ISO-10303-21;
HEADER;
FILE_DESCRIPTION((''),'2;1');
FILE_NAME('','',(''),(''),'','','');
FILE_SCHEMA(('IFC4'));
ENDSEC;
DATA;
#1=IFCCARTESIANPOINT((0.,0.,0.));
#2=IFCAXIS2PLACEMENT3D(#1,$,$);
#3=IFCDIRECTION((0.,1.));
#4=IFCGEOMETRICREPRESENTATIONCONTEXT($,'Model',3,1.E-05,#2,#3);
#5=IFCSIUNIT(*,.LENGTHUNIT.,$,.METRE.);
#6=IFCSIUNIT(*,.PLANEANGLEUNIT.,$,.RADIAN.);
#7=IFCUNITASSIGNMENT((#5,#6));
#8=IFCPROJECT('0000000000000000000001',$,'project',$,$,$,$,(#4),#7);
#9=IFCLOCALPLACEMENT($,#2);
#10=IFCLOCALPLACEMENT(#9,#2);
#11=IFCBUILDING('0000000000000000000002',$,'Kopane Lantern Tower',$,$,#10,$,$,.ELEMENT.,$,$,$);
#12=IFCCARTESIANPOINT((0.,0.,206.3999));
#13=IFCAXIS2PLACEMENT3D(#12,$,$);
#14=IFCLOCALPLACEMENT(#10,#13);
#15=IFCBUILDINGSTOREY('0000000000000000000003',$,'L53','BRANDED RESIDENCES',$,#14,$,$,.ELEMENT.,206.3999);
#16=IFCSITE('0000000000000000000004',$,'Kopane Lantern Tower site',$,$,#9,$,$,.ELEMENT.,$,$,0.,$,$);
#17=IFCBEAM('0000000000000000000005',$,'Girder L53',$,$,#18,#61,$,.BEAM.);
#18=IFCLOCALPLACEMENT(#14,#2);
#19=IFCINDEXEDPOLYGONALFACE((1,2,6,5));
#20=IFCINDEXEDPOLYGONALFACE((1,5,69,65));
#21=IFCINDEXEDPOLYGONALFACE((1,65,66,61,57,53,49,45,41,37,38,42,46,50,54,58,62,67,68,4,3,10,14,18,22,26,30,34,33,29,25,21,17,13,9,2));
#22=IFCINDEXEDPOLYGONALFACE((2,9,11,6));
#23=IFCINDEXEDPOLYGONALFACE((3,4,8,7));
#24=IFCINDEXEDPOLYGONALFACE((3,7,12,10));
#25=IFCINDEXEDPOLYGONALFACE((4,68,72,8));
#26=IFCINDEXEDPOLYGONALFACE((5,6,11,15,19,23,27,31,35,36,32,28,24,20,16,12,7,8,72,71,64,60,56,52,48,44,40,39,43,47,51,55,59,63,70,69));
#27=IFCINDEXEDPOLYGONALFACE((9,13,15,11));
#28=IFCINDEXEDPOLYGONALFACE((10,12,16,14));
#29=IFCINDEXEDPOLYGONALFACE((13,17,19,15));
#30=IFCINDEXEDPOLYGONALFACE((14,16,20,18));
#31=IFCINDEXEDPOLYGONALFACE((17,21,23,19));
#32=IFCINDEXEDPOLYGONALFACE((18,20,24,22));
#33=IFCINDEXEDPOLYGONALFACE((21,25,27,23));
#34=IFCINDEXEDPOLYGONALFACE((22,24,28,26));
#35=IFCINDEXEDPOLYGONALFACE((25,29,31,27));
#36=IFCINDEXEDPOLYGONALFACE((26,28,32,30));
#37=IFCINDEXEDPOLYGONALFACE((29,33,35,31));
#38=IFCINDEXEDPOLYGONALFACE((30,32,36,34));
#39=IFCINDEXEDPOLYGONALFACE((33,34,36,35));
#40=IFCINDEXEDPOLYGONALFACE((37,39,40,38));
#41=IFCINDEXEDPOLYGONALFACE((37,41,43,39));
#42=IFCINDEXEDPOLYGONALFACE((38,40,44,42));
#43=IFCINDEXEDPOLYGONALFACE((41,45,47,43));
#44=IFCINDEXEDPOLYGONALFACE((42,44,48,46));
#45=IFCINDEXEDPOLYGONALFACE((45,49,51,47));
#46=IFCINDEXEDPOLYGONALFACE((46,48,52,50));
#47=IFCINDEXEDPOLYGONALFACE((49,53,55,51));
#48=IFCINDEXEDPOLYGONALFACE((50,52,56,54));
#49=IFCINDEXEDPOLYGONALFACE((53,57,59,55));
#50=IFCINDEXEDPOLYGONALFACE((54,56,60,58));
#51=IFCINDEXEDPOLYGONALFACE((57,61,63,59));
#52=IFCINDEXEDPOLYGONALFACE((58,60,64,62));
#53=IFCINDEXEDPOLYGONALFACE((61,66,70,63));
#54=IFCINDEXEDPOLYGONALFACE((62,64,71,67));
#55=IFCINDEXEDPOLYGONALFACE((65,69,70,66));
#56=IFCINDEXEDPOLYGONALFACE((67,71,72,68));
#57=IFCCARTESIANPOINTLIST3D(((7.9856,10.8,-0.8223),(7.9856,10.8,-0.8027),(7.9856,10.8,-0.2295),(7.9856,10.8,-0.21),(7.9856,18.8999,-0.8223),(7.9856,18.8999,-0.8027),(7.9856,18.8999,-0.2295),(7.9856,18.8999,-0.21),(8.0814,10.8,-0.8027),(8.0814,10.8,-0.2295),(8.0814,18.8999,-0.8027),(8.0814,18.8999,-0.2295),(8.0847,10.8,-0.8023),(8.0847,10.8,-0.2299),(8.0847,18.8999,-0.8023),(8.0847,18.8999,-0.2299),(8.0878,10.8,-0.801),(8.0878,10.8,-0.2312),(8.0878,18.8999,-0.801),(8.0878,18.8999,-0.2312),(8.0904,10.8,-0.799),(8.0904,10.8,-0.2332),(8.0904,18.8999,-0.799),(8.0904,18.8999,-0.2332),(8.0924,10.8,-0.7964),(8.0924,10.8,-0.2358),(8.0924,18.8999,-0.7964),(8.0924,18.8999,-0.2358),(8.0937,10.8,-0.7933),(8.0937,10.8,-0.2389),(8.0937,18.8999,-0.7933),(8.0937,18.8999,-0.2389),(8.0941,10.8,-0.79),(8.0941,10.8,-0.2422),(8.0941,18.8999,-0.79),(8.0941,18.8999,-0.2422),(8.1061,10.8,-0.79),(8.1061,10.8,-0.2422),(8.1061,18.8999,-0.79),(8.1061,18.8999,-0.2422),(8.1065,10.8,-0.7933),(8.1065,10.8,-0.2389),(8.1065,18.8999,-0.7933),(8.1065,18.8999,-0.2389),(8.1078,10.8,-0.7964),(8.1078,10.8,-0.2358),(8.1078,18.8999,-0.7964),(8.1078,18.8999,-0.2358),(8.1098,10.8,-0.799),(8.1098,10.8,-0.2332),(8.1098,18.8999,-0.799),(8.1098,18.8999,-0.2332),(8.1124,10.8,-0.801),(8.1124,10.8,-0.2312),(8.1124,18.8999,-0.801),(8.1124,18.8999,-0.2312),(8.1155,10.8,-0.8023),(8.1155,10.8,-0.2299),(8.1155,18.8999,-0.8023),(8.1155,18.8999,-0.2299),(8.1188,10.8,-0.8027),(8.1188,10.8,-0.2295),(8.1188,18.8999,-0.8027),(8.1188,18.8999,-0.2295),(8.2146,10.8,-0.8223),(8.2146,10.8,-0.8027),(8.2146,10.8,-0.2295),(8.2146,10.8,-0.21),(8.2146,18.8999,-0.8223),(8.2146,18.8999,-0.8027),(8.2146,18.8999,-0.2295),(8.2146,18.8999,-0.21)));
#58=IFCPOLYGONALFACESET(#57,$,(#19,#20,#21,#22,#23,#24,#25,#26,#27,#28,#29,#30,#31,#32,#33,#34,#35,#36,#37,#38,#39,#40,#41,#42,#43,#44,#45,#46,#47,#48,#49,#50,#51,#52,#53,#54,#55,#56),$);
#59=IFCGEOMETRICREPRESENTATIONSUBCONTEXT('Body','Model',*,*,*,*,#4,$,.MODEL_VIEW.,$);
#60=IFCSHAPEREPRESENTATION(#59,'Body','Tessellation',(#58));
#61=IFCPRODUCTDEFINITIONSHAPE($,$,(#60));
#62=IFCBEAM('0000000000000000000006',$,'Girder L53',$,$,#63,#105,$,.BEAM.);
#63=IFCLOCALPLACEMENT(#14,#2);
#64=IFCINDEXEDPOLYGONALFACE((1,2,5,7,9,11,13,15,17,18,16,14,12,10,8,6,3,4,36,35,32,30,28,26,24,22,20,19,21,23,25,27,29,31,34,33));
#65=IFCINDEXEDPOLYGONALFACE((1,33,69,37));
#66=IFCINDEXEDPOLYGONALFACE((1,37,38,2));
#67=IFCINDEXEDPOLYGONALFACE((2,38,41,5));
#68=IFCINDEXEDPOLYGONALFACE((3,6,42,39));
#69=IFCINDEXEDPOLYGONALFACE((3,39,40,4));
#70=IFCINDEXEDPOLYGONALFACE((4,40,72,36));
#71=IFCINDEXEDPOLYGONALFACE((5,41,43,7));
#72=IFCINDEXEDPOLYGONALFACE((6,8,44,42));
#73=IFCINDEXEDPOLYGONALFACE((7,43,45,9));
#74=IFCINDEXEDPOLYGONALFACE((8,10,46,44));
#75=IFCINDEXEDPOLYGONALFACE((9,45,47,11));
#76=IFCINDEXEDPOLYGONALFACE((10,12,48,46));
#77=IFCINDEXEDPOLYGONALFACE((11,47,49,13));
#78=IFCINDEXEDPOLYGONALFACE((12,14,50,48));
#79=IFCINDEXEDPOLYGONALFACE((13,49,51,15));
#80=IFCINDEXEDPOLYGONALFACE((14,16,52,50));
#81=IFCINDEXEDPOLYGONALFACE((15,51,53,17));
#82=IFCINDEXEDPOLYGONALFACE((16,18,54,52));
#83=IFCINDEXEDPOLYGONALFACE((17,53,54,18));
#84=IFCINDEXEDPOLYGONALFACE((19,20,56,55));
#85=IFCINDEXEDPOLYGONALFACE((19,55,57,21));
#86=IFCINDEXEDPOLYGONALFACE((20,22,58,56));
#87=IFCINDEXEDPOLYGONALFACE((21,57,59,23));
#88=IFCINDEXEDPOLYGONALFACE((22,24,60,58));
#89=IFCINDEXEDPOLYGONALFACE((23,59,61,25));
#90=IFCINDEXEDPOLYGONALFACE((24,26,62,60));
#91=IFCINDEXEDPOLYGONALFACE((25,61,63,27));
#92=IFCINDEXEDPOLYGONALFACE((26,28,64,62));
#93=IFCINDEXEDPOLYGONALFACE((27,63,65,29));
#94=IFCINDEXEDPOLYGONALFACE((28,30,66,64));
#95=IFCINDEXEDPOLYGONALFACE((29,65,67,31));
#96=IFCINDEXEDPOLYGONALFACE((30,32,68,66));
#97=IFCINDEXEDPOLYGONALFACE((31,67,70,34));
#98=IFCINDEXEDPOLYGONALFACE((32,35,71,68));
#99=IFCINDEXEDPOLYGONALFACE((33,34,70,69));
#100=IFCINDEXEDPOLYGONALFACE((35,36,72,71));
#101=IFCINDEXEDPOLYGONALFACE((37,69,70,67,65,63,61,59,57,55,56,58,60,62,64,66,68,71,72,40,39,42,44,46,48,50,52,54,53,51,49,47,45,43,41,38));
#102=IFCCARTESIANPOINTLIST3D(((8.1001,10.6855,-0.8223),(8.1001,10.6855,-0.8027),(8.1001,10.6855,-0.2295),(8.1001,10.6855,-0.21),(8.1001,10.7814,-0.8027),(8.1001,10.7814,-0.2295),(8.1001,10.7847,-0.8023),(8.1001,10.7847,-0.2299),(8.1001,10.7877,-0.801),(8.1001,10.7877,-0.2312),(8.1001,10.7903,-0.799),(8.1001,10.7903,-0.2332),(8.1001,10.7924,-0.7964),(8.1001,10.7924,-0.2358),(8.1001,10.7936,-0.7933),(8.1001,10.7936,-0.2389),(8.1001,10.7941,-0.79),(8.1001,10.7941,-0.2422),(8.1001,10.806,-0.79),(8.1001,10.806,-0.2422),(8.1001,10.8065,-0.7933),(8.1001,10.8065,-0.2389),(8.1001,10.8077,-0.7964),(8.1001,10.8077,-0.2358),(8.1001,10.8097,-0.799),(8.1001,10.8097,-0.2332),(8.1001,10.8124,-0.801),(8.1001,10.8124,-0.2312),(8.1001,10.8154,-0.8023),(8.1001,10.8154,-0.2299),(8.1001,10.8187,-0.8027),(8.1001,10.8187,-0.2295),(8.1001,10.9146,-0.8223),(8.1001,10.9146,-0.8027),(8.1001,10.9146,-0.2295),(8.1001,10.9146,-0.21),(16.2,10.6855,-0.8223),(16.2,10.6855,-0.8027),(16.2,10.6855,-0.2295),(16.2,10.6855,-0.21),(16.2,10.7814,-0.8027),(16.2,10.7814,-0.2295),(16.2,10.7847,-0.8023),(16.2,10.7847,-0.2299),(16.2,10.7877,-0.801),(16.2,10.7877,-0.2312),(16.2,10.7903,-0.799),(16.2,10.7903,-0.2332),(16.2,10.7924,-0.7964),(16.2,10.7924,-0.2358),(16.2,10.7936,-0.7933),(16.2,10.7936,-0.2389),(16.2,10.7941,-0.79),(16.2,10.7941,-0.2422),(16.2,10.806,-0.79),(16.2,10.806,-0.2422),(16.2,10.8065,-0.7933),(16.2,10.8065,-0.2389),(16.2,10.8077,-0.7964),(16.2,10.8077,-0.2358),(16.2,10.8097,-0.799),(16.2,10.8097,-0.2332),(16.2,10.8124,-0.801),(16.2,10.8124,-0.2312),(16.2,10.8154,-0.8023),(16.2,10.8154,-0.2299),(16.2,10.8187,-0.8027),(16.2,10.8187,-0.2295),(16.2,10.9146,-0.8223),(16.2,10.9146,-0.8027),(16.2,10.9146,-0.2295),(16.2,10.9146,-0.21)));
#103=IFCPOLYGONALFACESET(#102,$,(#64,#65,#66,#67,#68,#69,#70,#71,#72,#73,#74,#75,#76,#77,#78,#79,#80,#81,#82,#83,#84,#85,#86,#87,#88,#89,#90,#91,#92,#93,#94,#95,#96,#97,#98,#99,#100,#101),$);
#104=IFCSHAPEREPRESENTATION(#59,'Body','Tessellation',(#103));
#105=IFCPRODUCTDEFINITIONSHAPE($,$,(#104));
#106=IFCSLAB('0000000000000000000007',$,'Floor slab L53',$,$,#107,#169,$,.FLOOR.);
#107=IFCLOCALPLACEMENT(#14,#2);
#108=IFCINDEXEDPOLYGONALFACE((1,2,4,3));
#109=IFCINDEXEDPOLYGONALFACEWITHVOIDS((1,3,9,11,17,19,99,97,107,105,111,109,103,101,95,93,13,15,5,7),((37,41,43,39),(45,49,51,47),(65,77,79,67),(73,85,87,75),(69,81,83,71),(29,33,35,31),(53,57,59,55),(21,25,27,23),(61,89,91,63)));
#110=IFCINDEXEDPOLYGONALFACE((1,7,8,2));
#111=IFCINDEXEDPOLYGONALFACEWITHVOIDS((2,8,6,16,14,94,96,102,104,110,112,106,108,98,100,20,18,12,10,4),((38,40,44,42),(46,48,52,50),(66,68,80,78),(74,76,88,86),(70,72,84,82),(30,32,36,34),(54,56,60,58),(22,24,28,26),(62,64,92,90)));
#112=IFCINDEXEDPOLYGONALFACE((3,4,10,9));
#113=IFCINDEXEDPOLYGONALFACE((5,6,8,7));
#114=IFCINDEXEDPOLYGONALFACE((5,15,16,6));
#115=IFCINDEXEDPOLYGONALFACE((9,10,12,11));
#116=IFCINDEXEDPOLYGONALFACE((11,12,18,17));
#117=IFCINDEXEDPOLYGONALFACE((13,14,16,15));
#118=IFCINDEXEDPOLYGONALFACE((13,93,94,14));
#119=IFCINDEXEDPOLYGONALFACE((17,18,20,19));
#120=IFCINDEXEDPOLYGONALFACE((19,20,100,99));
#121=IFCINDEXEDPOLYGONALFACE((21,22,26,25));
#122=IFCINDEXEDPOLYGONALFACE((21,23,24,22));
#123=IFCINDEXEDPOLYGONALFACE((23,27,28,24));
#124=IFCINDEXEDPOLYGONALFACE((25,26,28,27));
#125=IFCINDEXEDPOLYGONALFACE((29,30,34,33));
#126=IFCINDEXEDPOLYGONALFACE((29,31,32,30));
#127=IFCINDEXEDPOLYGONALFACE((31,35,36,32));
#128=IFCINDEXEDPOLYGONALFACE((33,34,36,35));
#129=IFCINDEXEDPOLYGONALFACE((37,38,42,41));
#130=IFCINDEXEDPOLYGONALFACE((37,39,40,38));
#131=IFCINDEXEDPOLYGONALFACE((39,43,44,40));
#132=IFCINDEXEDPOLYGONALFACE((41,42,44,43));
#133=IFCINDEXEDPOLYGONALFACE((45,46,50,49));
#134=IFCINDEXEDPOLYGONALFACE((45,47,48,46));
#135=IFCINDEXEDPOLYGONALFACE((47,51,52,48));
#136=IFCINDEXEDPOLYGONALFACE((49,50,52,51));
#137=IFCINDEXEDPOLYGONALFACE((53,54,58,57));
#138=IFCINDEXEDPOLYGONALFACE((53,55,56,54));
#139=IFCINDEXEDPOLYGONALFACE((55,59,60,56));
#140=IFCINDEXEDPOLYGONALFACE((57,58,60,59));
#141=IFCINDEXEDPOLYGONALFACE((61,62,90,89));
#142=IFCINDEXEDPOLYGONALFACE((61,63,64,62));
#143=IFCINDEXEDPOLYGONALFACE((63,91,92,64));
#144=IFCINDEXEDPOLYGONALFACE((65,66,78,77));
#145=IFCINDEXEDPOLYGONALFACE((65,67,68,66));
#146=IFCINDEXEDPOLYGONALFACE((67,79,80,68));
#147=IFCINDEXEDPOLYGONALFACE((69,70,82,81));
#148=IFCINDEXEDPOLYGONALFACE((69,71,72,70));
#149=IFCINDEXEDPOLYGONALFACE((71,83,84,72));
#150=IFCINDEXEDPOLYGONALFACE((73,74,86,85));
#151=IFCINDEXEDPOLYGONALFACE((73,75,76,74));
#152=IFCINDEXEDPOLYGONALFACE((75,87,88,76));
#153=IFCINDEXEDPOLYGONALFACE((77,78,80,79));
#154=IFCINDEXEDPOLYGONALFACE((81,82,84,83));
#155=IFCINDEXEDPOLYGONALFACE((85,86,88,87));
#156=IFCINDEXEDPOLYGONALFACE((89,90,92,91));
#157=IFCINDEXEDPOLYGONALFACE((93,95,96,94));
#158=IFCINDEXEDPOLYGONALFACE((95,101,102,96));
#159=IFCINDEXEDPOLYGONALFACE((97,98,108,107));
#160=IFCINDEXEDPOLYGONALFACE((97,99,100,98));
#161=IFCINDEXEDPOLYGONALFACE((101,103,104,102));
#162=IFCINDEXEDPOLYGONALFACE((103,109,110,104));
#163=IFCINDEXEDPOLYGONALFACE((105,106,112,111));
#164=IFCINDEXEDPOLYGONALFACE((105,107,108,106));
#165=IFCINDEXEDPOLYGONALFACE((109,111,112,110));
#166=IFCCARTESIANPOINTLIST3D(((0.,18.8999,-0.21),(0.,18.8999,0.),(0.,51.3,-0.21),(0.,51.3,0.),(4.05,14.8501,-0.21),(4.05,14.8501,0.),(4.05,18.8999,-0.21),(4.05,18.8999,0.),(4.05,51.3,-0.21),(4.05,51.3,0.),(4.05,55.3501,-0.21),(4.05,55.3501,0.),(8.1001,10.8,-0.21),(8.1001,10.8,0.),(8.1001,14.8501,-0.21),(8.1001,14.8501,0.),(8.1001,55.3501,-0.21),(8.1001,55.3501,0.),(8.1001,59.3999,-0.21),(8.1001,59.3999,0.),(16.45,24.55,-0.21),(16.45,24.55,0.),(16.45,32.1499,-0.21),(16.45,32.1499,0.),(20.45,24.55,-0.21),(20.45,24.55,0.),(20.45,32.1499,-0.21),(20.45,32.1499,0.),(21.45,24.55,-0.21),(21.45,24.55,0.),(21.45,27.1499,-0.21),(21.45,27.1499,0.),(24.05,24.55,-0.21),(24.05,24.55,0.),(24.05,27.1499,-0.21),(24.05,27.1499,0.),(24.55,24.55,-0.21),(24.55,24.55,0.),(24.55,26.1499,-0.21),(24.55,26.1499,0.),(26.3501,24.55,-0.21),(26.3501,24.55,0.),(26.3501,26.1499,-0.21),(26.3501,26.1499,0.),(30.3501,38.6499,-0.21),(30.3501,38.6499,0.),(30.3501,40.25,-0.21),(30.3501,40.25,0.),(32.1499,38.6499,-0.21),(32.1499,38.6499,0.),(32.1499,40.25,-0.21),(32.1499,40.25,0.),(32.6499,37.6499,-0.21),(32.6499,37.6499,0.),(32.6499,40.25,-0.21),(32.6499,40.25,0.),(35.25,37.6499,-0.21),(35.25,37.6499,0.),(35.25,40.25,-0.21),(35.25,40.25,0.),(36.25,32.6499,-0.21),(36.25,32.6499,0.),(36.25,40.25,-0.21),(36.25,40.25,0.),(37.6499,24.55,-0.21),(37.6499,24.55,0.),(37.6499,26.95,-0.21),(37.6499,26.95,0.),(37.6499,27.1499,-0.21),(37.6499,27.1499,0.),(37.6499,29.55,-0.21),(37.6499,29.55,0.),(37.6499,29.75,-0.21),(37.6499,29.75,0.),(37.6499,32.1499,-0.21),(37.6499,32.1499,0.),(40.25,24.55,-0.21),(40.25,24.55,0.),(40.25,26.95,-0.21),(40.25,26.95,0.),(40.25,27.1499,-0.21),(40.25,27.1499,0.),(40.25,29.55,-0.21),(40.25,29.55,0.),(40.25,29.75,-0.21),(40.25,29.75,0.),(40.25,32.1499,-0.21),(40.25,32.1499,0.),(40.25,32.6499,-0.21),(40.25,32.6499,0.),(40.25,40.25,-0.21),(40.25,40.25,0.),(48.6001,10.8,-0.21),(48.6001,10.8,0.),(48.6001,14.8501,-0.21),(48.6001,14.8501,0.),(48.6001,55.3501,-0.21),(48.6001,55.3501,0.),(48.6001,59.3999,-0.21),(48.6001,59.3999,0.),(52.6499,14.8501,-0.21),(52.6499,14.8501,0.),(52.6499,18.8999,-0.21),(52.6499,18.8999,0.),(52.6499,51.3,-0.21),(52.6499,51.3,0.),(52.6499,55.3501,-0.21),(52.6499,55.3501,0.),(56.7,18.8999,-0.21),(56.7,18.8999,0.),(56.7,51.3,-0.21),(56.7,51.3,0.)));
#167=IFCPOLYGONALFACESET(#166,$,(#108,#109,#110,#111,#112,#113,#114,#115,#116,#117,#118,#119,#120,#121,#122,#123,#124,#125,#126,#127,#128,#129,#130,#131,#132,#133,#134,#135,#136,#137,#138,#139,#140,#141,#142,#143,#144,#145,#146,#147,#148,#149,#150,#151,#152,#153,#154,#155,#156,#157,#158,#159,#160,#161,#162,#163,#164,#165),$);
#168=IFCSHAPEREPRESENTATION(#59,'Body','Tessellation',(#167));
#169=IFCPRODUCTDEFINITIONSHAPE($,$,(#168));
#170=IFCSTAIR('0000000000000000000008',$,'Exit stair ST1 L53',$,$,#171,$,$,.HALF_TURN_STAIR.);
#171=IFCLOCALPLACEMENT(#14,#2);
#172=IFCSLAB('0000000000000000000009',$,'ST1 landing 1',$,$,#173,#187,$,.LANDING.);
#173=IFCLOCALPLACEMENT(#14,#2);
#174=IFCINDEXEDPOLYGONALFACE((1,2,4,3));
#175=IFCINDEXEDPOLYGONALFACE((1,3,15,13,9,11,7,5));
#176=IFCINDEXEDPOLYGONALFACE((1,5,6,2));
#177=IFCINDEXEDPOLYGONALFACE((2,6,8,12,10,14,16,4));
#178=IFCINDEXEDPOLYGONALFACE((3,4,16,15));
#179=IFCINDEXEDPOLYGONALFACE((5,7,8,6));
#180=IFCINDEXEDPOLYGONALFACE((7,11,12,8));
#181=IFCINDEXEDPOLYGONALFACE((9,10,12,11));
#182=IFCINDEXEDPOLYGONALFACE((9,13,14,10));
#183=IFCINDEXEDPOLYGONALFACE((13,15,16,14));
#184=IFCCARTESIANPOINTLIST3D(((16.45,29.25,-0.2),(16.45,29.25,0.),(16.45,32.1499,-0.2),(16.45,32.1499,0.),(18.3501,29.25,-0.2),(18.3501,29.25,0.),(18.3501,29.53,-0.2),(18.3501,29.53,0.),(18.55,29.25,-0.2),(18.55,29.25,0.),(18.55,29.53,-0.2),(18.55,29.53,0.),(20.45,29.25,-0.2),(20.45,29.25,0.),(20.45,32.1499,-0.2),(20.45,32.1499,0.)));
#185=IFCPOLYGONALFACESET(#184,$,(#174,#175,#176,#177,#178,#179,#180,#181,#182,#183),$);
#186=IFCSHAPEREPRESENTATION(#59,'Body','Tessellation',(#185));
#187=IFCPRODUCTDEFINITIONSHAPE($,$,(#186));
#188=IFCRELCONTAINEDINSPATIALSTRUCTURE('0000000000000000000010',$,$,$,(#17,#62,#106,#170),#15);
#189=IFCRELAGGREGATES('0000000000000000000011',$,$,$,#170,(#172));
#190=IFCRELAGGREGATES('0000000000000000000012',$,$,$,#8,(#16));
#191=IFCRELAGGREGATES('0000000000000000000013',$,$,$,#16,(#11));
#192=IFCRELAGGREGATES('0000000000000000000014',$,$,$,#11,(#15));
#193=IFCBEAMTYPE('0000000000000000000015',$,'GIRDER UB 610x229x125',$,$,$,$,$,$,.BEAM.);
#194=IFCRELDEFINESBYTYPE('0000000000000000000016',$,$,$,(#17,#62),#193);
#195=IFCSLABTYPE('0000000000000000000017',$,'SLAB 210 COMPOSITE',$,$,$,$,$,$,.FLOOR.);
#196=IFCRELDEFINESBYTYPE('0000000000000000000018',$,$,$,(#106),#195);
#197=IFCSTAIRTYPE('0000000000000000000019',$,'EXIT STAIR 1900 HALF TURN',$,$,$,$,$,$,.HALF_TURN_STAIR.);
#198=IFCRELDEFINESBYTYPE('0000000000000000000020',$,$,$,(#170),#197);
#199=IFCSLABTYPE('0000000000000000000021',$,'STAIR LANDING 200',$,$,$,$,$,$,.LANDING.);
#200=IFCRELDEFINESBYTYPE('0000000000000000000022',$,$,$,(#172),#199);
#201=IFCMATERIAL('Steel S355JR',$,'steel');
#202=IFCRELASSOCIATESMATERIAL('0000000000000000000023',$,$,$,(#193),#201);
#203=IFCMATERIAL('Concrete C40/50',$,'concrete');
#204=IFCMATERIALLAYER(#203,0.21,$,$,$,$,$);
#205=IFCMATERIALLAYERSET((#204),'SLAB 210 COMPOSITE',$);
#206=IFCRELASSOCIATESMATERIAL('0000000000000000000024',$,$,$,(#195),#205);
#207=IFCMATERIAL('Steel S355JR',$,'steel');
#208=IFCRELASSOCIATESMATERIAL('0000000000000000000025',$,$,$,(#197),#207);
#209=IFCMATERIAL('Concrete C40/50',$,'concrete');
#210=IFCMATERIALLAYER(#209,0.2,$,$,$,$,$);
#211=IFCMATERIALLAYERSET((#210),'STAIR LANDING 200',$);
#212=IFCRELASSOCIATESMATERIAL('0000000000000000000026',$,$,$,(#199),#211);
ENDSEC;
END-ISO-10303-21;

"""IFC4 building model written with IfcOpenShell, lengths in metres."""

from ifc_helpers import new_model, si_unit, direction, frame, origin, origin_2d, place, context, subcontext, project, spatial, polyline, i_section, outline, extrude, material, layer, layer_set, material_profile, profile_set, type_object, element, aggregate, save


model = new_model("IFC4")

# Units and contexts
model_context = context("Model", 3, precision=1e-05, world=origin(), true_north=direction((0.0, 1.0)))
body_context = subcontext(model_context, "Body", "Model", "MODEL_VIEW")
ifc_project = project(units=[si_unit("LENGTHUNIT", "METRE"), si_unit("PLANEANGLEUNIT", "RADIAN")], contexts=[model_context])

# Site, building, storey
site_placement = place(None, origin())
site = spatial("IfcSite", under=ifc_project, at=site_placement, Name="Kopane Lantern Tower site", CompositionType="ELEMENT", RefElevation=0.0)
building_placement = place(site_placement, origin())
building = spatial("IfcBuilding", under=site, at=building_placement, Name="Kopane Lantern Tower", CompositionType="ELEMENT")
storey_placement = place(building_placement, frame((0.0, 0.0, 206.3999)))
storey = spatial("IfcBuildingStorey", under=building, at=storey_placement, Name="L53", Description="BRANDED RESIDENCES", CompositionType="ELEMENT", Elevation=206.3999)

# Beams
ifc_material_1 = material(Name="Steel S355JR", Category="steel")
ifc_material_profile_1 = material_profile(ifc_material_1, i_section(OverallWidth=0.229, OverallDepth=0.6123, WebThickness=0.012, FlangeThickness=0.0195, FilletRadius=0.0127, at=origin_2d()), Name="UB 610x229x125")
ifc_profile_set_1 = profile_set([ifc_material_profile_1], Name="Steel S355JR")
beam_type_1 = type_object("IfcBeamType", Name="GIRDER UB 610x229x125", PredefinedType="BEAM", material=ifc_profile_set_1)
for number, where, z_axis, x_axis, name in (
    (1, (8.1001, 10.8, -0.5161), (0.0, 1.0, 0.0), (-1.0, 0.0, 0.0), "Girder L53"),
    (2, (8.1001, 10.8, -0.5161), (1.0, 0.0, 0.0), (0.0, 1.0, 0.0), "Girder L53"),
):
    element("IfcBeam", number, at=place(storey_placement, frame(where, z_axis=z_axis, x_axis=x_axis)), inside=storey, type_object=beam_type_1, Name=name, PredefinedType="BEAM", context=body_context, shape_type="SweptSolid", body=[
        extrude(i_section(OverallWidth=0.229, OverallDepth=0.6123, WebThickness=0.012, FlangeThickness=0.0195, FilletRadius=0.0127, at=origin_2d()), origin(), (0.0, 0.0, 1.0), 8.0999),
    ])

# Slab
ifc_material_2 = material(Name="Concrete C40/50", Category="concrete")
ifc_layer_1 = layer(ifc_material_2, 0.21)
ifc_layer_set_1 = layer_set([ifc_layer_1], Name="SLAB 210 COMPOSITE")
slab_type_1 = type_object("IfcSlabType", Name="SLAB 210 COMPOSITE", PredefinedType="FLOOR", material=ifc_layer_set_1)
slab_1_placement = place(storey_placement, frame((0.0, 0.0, -0.21)))
element("IfcSlab", 3, at=slab_1_placement, inside=storey, type_object=slab_type_1, Name="Floor slab L53", PredefinedType="FLOOR", context=body_context, shape_type="SweptSolid", body=[
    extrude(outline(polyline([(8.1001, 10.8), (48.6001, 10.8), (48.6001, 14.8501), (52.6499, 14.8501), (52.6499, 18.8999), (56.7, 18.8999), (56.7, 51.3), (52.6499, 51.3), (52.6499, 55.3501), (48.6001, 55.3501), (48.6001, 59.3999), (8.1001, 59.3999), (8.1001, 55.3501), (4.05, 55.3501), (4.05, 51.3), (0.0, 51.3), (0.0, 18.8999), (4.05, 18.8999), (4.05, 14.8501), (8.1001, 14.8501), (8.1001, 10.8)]), holes=[polyline([(16.45, 24.55), (20.45, 24.55), (20.45, 32.1499), (16.45, 32.1499), (16.45, 24.55)]), polyline([(36.25, 32.6499), (40.25, 32.6499), (40.25, 40.25), (36.25, 40.25), (36.25, 32.6499)]), polyline([(37.6499, 24.55), (40.25, 24.55), (40.25, 26.95), (37.6499, 26.95), (37.6499, 24.55)]), polyline([(37.6499, 27.1499), (40.25, 27.1499), (40.25, 29.55), (37.6499, 29.55), (37.6499, 27.1499)]), polyline([(37.6499, 29.75), (40.25, 29.75), (40.25, 32.1499), (37.6499, 32.1499), (37.6499, 29.75)]), polyline([(21.45, 24.55), (24.05, 24.55), (24.05, 27.1499), (21.45, 27.1499), (21.45, 24.55)]), polyline([(32.6499, 37.6499), (35.25, 37.6499), (35.25, 40.25), (32.6499, 40.25), (32.6499, 37.6499)]), polyline([(24.55, 24.55), (26.3501, 24.55), (26.3501, 26.1499), (24.55, 26.1499), (24.55, 24.55)]), polyline([(30.3501, 38.6499), (32.1499, 38.6499), (32.1499, 40.25), (30.3501, 40.25), (30.3501, 38.6499)])]), origin(), (0.0, 0.0, 1.0), 0.21),
])

# Stair, slab
ifc_material_3 = material(Name="Steel S355JR", Category="steel")
stair_type = type_object("IfcStairType", Name="EXIT STAIR 1900 HALF TURN", PredefinedType="HALF_TURN_STAIR", material=ifc_material_3)
stair_1_placement = place(storey_placement, origin())
stair_1 = element("IfcStair", 4, at=stair_1_placement, inside=storey, type_object=stair_type, Name="Exit stair ST1 L53", PredefinedType="HALF_TURN_STAIR")
ifc_material_4 = material(Name="Concrete C40/50", Category="concrete")
ifc_layer_2 = layer(ifc_material_4, 0.2)
ifc_layer_set_2 = layer_set([ifc_layer_2], Name="STAIR LANDING 200")
slab_type_2 = type_object("IfcSlabType", Name="STAIR LANDING 200", PredefinedType="LANDING", material=ifc_layer_set_2)
slab_2_placement = place(storey_placement, frame((0.0, 0.0, -0.2)))
slab_2 = element("IfcSlab", 5, at=slab_2_placement, type_object=slab_type_2, Name="ST1 landing 1", PredefinedType="LANDING", context=body_context, shape_type="SweptSolid", body=[
    extrude(outline(polyline([(18.3501, 29.53), (18.55, 29.53), (18.55, 29.25), (20.45, 29.25), (20.45, 32.1499), (16.45, 32.1499), (16.45, 29.25), (18.3501, 29.25), (18.3501, 29.53)])), origin(), (0.0, 0.0, 1.0), 0.2),
])
aggregate(stair_1, [slab_2])

save(model, "model.ifc")
